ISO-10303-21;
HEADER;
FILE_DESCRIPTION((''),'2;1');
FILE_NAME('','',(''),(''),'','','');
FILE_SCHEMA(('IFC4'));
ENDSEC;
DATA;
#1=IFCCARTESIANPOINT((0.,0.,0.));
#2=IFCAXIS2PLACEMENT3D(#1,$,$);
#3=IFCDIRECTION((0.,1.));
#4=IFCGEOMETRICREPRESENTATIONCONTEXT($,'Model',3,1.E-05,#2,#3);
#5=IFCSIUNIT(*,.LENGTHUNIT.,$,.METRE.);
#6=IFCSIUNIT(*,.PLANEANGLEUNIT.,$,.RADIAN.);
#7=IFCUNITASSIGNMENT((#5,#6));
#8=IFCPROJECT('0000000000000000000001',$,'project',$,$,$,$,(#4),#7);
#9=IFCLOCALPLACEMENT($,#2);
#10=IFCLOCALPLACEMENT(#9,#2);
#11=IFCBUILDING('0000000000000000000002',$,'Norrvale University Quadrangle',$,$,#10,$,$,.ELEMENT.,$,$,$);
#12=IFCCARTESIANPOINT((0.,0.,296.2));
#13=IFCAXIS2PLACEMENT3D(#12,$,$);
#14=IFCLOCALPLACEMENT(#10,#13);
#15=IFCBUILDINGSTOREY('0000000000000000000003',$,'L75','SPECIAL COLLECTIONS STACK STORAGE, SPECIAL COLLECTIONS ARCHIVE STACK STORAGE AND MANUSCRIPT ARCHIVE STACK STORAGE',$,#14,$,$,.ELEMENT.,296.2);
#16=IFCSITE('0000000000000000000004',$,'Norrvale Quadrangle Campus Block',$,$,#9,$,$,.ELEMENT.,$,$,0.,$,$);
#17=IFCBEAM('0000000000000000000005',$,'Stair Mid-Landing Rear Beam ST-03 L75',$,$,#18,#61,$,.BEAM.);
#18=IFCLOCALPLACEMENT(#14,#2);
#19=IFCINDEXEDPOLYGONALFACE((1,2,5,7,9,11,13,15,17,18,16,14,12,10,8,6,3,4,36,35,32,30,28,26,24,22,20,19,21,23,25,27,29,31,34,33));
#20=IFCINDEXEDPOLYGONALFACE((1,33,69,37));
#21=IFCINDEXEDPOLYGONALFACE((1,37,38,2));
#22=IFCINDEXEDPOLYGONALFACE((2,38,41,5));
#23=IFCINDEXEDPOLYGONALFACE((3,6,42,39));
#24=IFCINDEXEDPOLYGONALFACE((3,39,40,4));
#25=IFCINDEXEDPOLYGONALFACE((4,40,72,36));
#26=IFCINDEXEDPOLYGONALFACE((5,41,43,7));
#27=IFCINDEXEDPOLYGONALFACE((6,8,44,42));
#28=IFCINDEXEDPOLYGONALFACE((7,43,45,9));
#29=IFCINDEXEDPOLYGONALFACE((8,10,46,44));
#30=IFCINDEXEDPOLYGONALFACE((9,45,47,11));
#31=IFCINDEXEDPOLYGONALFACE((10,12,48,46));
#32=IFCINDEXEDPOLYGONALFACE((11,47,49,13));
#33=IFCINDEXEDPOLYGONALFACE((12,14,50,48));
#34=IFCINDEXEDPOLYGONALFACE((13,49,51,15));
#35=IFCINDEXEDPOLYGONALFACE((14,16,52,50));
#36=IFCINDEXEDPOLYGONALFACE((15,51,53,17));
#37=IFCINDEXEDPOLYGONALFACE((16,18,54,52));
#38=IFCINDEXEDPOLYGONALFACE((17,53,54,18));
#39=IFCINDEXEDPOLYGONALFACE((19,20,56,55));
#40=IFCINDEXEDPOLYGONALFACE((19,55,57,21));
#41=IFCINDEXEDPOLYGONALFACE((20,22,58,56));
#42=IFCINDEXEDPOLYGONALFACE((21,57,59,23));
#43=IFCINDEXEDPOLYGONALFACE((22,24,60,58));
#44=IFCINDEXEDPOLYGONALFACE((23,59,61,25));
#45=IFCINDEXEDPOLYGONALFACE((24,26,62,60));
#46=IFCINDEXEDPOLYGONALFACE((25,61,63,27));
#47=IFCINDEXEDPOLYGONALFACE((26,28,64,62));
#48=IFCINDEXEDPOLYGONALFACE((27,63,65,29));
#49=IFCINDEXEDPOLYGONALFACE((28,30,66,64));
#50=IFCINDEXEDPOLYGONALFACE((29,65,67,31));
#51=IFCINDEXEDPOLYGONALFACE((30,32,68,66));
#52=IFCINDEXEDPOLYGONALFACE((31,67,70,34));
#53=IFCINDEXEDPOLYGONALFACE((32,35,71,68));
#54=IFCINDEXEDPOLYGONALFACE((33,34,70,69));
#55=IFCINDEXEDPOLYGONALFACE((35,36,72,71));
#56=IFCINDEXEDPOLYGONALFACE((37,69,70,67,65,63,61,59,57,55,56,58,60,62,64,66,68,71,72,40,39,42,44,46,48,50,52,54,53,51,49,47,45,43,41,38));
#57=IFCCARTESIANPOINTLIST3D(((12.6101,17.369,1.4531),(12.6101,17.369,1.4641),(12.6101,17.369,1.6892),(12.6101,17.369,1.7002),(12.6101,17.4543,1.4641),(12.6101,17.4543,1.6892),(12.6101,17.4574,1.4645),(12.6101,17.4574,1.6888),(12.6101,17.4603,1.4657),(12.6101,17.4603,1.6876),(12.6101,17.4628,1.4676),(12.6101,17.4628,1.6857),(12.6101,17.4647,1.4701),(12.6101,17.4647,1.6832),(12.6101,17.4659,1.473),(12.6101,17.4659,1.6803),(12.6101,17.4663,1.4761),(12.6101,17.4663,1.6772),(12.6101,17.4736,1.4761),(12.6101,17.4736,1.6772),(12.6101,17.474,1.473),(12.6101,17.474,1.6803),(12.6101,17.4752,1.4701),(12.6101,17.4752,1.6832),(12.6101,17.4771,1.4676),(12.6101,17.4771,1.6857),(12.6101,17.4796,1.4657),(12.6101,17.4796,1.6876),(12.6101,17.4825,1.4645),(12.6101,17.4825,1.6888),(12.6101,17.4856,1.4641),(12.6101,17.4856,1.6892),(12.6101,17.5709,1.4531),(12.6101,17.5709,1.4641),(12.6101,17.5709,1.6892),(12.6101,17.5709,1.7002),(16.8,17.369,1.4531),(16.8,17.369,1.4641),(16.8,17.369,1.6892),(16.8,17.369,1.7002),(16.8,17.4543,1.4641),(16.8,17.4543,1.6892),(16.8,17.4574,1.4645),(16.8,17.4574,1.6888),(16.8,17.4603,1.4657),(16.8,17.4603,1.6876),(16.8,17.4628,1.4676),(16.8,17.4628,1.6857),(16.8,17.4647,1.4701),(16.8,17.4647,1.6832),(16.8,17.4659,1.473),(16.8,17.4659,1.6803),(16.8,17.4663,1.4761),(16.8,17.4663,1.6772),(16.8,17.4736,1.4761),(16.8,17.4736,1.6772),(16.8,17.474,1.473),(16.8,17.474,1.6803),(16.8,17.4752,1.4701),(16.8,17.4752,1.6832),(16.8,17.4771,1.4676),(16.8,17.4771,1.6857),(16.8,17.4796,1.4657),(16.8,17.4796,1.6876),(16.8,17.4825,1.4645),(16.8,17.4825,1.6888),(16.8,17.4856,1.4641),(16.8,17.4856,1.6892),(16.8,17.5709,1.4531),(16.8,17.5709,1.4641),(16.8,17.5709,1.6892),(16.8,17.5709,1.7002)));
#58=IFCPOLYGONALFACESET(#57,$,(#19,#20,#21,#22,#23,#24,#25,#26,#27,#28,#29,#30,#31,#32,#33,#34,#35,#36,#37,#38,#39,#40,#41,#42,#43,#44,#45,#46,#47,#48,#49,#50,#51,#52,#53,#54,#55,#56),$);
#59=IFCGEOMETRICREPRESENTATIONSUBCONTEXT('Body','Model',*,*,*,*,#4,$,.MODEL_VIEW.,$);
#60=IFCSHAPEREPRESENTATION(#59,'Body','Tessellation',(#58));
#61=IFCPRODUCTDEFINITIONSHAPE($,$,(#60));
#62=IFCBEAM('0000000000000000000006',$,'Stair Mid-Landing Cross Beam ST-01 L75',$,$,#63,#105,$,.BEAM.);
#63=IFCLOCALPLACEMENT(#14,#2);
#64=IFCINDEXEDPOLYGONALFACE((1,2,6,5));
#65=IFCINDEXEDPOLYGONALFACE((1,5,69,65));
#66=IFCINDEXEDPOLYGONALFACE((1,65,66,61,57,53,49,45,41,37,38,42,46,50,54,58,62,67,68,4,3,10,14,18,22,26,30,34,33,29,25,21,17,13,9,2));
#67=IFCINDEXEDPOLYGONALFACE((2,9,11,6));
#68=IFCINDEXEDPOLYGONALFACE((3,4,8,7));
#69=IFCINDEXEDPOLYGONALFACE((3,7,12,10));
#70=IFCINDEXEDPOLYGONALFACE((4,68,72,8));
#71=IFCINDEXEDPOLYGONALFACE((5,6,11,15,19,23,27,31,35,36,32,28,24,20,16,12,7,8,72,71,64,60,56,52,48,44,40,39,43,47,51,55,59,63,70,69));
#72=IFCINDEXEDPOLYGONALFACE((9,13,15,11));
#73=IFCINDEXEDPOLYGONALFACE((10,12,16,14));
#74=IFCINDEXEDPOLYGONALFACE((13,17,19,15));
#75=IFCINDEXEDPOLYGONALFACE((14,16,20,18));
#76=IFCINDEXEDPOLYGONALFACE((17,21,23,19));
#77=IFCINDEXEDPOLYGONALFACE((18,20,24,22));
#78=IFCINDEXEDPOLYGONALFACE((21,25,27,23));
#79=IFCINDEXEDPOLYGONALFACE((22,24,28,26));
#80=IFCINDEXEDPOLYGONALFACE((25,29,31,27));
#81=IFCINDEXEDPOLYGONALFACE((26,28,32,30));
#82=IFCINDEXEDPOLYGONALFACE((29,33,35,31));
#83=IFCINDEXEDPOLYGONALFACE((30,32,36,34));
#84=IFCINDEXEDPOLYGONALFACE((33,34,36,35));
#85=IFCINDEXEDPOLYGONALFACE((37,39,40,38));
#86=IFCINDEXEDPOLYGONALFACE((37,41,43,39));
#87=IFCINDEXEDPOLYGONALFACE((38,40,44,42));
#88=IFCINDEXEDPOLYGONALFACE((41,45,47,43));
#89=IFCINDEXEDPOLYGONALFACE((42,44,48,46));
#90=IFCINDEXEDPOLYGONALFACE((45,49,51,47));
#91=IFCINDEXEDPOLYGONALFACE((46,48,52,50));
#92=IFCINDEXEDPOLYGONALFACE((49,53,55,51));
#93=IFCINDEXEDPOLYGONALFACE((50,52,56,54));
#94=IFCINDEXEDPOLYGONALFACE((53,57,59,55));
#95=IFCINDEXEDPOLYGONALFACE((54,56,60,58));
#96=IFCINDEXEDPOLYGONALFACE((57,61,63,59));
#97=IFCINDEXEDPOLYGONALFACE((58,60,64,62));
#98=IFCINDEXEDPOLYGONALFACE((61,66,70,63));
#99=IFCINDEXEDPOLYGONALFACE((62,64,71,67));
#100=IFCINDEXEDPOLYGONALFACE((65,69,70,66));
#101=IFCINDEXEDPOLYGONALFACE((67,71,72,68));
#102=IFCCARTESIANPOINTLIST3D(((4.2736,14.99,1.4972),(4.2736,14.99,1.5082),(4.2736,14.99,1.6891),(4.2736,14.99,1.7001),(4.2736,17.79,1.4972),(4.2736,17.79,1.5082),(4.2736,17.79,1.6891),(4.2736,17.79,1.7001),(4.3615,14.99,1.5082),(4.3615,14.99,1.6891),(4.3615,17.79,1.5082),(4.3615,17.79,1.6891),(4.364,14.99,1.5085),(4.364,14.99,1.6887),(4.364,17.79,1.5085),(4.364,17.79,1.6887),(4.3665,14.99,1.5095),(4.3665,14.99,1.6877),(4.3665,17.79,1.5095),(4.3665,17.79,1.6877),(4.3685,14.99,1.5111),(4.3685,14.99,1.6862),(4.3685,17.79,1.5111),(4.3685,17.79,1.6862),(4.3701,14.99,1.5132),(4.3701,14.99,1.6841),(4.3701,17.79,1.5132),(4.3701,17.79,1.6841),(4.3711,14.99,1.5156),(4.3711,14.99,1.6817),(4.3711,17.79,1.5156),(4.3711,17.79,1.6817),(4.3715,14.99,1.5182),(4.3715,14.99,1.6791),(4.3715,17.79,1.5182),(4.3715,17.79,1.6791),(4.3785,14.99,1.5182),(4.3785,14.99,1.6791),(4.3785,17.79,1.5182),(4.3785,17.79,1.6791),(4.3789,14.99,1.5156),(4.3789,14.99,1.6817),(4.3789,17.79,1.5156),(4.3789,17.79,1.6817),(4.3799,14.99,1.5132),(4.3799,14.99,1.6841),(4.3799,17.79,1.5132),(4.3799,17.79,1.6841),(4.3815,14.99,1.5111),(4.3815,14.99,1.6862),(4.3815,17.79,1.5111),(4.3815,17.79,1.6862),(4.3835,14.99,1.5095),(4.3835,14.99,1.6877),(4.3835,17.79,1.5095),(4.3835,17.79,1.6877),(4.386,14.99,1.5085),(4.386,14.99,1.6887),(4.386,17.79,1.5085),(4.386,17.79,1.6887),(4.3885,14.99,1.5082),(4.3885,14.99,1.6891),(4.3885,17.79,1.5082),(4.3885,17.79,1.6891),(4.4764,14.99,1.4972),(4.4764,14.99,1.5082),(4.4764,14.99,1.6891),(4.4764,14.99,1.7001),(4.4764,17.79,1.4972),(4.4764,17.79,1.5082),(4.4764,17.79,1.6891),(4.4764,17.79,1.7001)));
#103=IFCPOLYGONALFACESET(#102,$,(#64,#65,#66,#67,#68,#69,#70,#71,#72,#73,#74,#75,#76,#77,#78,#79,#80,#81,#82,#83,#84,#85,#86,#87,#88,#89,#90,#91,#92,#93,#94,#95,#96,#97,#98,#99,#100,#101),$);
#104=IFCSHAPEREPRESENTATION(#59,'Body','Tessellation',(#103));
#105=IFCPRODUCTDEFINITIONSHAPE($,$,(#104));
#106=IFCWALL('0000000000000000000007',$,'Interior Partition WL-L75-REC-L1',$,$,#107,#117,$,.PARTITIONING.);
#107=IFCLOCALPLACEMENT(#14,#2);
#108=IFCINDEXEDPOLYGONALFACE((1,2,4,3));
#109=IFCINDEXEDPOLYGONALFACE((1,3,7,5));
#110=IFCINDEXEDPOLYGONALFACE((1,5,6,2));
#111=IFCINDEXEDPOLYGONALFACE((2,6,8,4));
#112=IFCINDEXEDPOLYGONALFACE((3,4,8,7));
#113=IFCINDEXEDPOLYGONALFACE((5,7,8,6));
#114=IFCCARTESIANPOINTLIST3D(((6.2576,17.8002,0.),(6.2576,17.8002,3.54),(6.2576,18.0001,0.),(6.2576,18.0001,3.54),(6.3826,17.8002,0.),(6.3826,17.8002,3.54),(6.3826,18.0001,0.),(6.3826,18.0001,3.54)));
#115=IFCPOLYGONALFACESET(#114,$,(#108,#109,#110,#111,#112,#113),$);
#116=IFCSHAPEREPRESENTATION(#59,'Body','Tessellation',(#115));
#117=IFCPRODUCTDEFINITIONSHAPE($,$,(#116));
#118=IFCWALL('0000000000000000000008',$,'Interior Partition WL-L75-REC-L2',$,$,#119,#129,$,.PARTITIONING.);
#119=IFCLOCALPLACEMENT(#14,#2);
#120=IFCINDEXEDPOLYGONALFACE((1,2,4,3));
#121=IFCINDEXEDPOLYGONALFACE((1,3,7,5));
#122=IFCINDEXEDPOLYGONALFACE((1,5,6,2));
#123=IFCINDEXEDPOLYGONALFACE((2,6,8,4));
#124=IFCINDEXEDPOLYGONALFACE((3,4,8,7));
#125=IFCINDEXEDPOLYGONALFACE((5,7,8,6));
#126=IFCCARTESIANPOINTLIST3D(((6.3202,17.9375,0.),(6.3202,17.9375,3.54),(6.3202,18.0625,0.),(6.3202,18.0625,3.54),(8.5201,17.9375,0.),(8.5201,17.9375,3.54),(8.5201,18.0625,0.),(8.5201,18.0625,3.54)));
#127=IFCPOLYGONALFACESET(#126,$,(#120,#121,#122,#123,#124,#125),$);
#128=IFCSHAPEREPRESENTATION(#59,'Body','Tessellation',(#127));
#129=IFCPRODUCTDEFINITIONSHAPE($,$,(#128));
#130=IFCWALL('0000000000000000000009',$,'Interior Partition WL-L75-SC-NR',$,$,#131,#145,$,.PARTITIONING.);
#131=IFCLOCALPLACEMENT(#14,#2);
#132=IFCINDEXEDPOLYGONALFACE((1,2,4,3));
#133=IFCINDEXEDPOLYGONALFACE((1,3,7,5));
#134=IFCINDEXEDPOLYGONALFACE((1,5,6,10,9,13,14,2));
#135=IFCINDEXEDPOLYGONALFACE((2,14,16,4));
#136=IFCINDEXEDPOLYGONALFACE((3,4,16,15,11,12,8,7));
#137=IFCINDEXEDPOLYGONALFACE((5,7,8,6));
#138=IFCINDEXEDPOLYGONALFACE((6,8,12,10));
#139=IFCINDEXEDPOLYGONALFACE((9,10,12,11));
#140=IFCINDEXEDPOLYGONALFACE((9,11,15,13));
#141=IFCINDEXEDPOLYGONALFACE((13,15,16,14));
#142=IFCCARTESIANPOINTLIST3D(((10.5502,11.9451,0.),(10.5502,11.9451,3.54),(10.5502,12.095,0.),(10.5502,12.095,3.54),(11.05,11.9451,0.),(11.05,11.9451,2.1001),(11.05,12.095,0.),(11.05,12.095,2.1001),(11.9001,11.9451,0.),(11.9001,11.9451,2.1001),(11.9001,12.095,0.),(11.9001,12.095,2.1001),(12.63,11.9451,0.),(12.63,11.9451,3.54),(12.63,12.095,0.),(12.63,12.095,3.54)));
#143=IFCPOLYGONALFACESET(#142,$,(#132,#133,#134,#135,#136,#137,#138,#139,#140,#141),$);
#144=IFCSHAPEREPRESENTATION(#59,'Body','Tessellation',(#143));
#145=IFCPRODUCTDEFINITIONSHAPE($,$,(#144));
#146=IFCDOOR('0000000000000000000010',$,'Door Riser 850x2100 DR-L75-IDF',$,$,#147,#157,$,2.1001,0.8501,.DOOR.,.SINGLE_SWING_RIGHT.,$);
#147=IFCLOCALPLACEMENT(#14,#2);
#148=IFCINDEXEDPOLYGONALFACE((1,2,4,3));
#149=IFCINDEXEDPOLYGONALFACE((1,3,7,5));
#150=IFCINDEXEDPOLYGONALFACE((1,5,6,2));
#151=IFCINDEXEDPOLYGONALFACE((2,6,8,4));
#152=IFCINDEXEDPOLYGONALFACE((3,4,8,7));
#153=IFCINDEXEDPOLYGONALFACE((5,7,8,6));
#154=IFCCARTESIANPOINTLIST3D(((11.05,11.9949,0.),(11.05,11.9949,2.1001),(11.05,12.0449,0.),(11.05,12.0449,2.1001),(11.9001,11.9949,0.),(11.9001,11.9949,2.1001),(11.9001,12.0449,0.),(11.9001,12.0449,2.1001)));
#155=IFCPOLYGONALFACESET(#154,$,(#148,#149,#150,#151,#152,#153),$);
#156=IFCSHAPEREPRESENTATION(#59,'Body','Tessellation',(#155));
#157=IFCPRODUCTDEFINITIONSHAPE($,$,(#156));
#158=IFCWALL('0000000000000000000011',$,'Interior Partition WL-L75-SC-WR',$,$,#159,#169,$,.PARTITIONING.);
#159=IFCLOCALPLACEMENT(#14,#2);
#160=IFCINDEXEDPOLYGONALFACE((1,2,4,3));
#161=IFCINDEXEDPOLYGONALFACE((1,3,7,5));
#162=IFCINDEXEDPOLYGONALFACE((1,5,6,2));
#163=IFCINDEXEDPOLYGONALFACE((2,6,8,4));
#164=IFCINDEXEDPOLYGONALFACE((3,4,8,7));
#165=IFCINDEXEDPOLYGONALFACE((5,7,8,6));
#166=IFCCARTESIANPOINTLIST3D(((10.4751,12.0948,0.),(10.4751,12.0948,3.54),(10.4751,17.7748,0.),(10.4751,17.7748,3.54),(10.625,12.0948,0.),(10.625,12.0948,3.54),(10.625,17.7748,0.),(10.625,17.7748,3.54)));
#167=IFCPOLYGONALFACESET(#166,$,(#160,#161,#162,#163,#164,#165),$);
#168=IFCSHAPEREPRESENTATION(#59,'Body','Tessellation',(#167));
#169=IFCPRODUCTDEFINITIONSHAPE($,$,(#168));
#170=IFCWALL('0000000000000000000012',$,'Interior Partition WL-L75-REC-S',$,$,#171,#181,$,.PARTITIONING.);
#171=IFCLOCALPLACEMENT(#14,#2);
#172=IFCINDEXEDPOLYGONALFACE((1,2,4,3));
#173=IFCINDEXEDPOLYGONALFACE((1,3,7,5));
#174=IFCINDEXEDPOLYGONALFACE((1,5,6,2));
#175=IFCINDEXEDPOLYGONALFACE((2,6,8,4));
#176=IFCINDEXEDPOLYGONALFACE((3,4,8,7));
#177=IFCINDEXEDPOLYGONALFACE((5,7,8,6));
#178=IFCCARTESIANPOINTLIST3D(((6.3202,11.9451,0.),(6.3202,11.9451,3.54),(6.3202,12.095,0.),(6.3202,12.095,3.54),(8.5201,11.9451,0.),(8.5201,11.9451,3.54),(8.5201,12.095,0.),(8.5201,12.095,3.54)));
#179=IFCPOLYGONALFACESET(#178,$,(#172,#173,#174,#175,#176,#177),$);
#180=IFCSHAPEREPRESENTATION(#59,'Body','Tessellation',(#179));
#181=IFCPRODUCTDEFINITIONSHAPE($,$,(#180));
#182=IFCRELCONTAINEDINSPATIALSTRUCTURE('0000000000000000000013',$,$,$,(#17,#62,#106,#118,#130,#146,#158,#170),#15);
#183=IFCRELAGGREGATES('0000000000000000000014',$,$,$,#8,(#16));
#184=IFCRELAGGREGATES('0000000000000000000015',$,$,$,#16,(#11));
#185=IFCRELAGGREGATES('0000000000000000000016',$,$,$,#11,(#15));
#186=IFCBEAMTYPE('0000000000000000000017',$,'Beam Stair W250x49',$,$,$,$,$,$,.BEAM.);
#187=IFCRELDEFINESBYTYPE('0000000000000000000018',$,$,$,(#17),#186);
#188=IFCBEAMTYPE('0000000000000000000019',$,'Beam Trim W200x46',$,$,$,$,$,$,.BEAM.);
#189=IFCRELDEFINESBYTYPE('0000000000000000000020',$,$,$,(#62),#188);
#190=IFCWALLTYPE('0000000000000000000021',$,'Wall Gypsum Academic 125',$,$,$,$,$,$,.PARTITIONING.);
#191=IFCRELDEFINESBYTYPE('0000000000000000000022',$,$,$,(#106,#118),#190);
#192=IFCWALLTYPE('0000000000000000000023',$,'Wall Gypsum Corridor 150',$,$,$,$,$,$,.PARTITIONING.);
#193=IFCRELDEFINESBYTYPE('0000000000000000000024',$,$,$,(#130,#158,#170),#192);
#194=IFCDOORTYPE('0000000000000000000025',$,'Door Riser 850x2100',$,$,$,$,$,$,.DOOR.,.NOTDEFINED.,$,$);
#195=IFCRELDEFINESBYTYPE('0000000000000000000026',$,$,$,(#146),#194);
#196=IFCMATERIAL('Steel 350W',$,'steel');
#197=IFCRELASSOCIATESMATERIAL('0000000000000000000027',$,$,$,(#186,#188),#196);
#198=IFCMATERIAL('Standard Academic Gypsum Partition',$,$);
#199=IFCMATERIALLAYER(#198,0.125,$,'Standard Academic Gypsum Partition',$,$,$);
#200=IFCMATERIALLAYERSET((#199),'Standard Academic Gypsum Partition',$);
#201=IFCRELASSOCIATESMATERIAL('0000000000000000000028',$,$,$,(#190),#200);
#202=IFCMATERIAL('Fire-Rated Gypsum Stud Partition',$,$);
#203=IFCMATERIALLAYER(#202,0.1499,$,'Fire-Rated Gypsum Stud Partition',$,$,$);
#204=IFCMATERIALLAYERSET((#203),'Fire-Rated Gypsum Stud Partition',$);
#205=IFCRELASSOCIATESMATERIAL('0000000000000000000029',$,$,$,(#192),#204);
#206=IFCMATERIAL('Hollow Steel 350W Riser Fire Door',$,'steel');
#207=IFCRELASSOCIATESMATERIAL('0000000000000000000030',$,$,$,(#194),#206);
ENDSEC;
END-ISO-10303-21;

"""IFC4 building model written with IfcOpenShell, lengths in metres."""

from ifc_helpers import new_model, si_unit, direction, frame, frame_2d, origin, origin_2d, place, context, subcontext, project, spatial, rectangle, i_section, extrude, material, layer, layer_set, material_profile, profile_set, type_object, element, fill, save


model = new_model("IFC4")

# Units and contexts
model_context = context("Model", 3, precision=1e-05, world=origin(), true_north=direction((0.0, 1.0)))
body_context = subcontext(model_context, "Body", "Model", "MODEL_VIEW")
ifc_project = project(units=[si_unit("LENGTHUNIT", "METRE"), si_unit("PLANEANGLEUNIT", "RADIAN")], contexts=[model_context])

# Site, building, storey
site_placement = place(None, origin())
site = spatial("IfcSite", under=ifc_project, at=site_placement, Name="Norrvale Quadrangle Campus Block", CompositionType="ELEMENT", RefElevation=0.0)
building_placement = place(site_placement, origin())
building = spatial("IfcBuilding", under=site, at=building_placement, Name="Norrvale University Quadrangle", CompositionType="ELEMENT")
storey_placement = place(building_placement, frame((0.0, 0.0, 296.2)))
storey = spatial("IfcBuildingStorey", under=building, at=storey_placement, Name="L75", Description="SPECIAL COLLECTIONS STACK STORAGE, SPECIAL COLLECTIONS ARCHIVE STACK STORAGE AND MANUSCRIPT ARCHIVE STACK STORAGE", CompositionType="ELEMENT", Elevation=296.2)

# Beams
ifc_material_1 = material(Name="Steel 350W", Category="steel")
ifc_material_profile_1 = material_profile(ifc_material_1, i_section(OverallWidth=0.2019, OverallDepth=0.2471, WebThickness=0.0073, FlangeThickness=0.011, FilletRadius=0.012, at=origin_2d()), Name="Steel 350W")
ifc_profile_set_1 = profile_set([ifc_material_profile_1], Name="Steel 350W")
beam_type_1 = type_object("IfcBeamType", Name="Beam Stair W250x49", PredefinedType="BEAM", material=ifc_profile_set_1)
for number, where, z_axis, x_axis, name in (
    (1, (12.6101, 17.47, 1.5767), (1.0, 0.0, 0.0), (0.0, 1.0, 0.0), "Stair Mid-Landing Rear Beam ST-03 L75"),
):
    element("IfcBeam", number, at=place(storey_placement, frame(where, z_axis=z_axis, x_axis=x_axis)), inside=storey, type_object=beam_type_1, Name=name, PredefinedType="BEAM", context=body_context, shape_type="SweptSolid", body=[
        extrude(i_section(OverallWidth=0.2019, OverallDepth=0.2471, WebThickness=0.0073, FlangeThickness=0.011, FilletRadius=0.012, at=origin_2d()), origin(), (0.0, 0.0, 1.0), 4.1899),
    ])
ifc_material_profile_2 = material_profile(ifc_material_1, i_section(OverallWidth=0.2029, OverallDepth=0.2029, WebThickness=0.0071, FlangeThickness=0.011, FilletRadius=0.01, at=origin_2d()), Name="Steel 350W")
ifc_profile_set_2 = profile_set([ifc_material_profile_2], Name="Steel 350W")
beam_type_2 = type_object("IfcBeamType", Name="Beam Trim W200x46", PredefinedType="BEAM", material=ifc_profile_set_2)
beam_placement = place(storey_placement, frame((4.375, 14.99, 1.5986), z_axis=(0.0, 1.0, 0.0), x_axis=(-1.0, 0.0, 0.0)))
element("IfcBeam", 2, at=beam_placement, inside=storey, type_object=beam_type_2, Name="Stair Mid-Landing Cross Beam ST-01 L75", PredefinedType="BEAM", context=body_context, shape_type="SweptSolid", body=[
    extrude(i_section(OverallWidth=0.2029, OverallDepth=0.2029, WebThickness=0.0071, FlangeThickness=0.011, FilletRadius=0.01, at=origin_2d()), origin(), (0.0, 0.0, 1.0), 2.8),
])

# Walls
ifc_material_2 = material(Name="Standard Academic Gypsum Partition")
ifc_layer_1 = layer(ifc_material_2, 0.125, Name="Standard Academic Gypsum Partition")
ifc_layer_set_1 = layer_set([ifc_layer_1], Name="Standard Academic Gypsum Partition")
wall_type_1 = type_object("IfcWallType", Name="Wall Gypsum Academic 125", PredefinedType="PARTITIONING", material=ifc_layer_set_1)
wall_1_placement = place(storey_placement, frame((6.3201, 17.8, 0.0), z_axis=(0.0, 0.0, 1.0), x_axis=(0.0, 1.0, 0.0)))
element("IfcWall", 3, at=wall_1_placement, inside=storey, type_object=wall_type_1, Name="Interior Partition WL-L75-REC-L1", PredefinedType="PARTITIONING", context=body_context, shape_type="SweptSolid", body=[
    extrude(rectangle(XDim=0.2, YDim=0.125, at=frame_2d((0.1001, 0.0))), origin(), (0.0, 0.0, 1.0), 3.54),
])
wall_2_placement = place(storey_placement, frame((6.3201, 18.0, 0.0), z_axis=(0.0, 0.0, 1.0), x_axis=(1.0, 0.0, 0.0)))
element("IfcWall", 4, at=wall_2_placement, inside=storey, type_object=wall_type_1, Name="Interior Partition WL-L75-REC-L2", PredefinedType="PARTITIONING", context=body_context, shape_type="SweptSolid", body=[
    extrude(rectangle(XDim=2.2, YDim=0.125, at=frame_2d((1.1001, 0.0))), origin(), (0.0, 0.0, 1.0), 3.54),
])

# Wall, opening, door
ifc_material_3 = material(Name="Fire-Rated Gypsum Stud Partition")
ifc_layer_2 = layer(ifc_material_3, 0.1499, Name="Fire-Rated Gypsum Stud Partition")
ifc_layer_set_2 = layer_set([ifc_layer_2], Name="Fire-Rated Gypsum Stud Partition")
wall_type_2 = type_object("IfcWallType", Name="Wall Gypsum Corridor 150", PredefinedType="PARTITIONING", material=ifc_layer_set_2)
wall_3_placement = place(storey_placement, frame((10.55, 12.02, 0.0), z_axis=(0.0, 0.0, 1.0), x_axis=(1.0, 0.0, 0.0)))
wall_3 = element("IfcWall", 5, at=wall_3_placement, inside=storey, type_object=wall_type_2, Name="Interior Partition WL-L75-SC-NR", PredefinedType="PARTITIONING", context=body_context, shape_type="SweptSolid", body=[
    extrude(rectangle(XDim=2.0798, YDim=0.1499, at=frame_2d((1.04, 0.0))), origin(), (0.0, 0.0, 1.0), 3.54),
])
opening_1_placement = place(wall_3_placement, frame((0.5, 0.0, 0.0)))
opening_1 = element("IfcOpeningElement", 6, at=opening_1_placement, cuts=wall_3, PredefinedType="OPENING", context=body_context, shape_type="SweptSolid", body=[
    extrude(rectangle(XDim=0.8501, YDim=2.1001, at=frame_2d((0.425, 1.05))), frame((0.0, 0.0869, 0.0), z_axis=(0.0, -1.0, 0.0), x_axis=(1.0, 0.0, 0.0)), (0.0, 0.0, 1.0), 0.1738),
])
ifc_material_4 = material(Name="Hollow Steel 350W Riser Fire Door", Category="steel")
door_type_1 = type_object("IfcDoorType", Name="Door Riser 850x2100", OperationType="NOTDEFINED", PredefinedType="DOOR", material=ifc_material_4)
door_1_placement = place(opening_1_placement, origin())
door_1 = element("IfcDoor", 7, at=door_1_placement, inside=storey, type_object=door_type_1, Name="Door Riser 850x2100 DR-L75-IDF", OperationType="SINGLE_SWING_RIGHT", OverallHeight=2.1001, OverallWidth=0.8501, PredefinedType="DOOR", context=body_context, shape_type="SweptSolid", body=[
    extrude(rectangle(XDim=0.8501, YDim=2.1001, at=frame_2d((0.425, 1.05))), frame((0.0, 0.0249, 0.0), z_axis=(0.0, -1.0, 0.0), x_axis=(1.0, 0.0, 0.0)), (0.0, 0.0, 1.0), 0.05),
])
fill(opening_1, door_1)

# Walls
wall_4_placement = place(storey_placement, frame((10.55, 12.095, 0.0), z_axis=(0.0, 0.0, 1.0), x_axis=(0.0, 1.0, 0.0)))
element("IfcWall", 8, at=wall_4_placement, inside=storey, type_object=wall_type_2, Name="Interior Partition WL-L75-SC-WR", PredefinedType="PARTITIONING", context=body_context, shape_type="SweptSolid", body=[
    extrude(rectangle(XDim=5.6799, YDim=0.1499, at=frame_2d((2.8398, 0.0))), origin(), (0.0, 0.0, 1.0), 3.54),
])
wall_5_placement = place(storey_placement, frame((6.3201, 12.02, 0.0), z_axis=(0.0, 0.0, 1.0), x_axis=(1.0, 0.0, 0.0)))
element("IfcWall", 9, at=wall_5_placement, inside=storey, type_object=wall_type_2, Name="Interior Partition WL-L75-REC-S", PredefinedType="PARTITIONING", context=body_context, shape_type="SweptSolid", body=[
    extrude(rectangle(XDim=2.2, YDim=0.1499, at=frame_2d((1.1001, 0.0))), origin(), (0.0, 0.0, 1.0), 3.54),
])

save(model, "model.ifc")
